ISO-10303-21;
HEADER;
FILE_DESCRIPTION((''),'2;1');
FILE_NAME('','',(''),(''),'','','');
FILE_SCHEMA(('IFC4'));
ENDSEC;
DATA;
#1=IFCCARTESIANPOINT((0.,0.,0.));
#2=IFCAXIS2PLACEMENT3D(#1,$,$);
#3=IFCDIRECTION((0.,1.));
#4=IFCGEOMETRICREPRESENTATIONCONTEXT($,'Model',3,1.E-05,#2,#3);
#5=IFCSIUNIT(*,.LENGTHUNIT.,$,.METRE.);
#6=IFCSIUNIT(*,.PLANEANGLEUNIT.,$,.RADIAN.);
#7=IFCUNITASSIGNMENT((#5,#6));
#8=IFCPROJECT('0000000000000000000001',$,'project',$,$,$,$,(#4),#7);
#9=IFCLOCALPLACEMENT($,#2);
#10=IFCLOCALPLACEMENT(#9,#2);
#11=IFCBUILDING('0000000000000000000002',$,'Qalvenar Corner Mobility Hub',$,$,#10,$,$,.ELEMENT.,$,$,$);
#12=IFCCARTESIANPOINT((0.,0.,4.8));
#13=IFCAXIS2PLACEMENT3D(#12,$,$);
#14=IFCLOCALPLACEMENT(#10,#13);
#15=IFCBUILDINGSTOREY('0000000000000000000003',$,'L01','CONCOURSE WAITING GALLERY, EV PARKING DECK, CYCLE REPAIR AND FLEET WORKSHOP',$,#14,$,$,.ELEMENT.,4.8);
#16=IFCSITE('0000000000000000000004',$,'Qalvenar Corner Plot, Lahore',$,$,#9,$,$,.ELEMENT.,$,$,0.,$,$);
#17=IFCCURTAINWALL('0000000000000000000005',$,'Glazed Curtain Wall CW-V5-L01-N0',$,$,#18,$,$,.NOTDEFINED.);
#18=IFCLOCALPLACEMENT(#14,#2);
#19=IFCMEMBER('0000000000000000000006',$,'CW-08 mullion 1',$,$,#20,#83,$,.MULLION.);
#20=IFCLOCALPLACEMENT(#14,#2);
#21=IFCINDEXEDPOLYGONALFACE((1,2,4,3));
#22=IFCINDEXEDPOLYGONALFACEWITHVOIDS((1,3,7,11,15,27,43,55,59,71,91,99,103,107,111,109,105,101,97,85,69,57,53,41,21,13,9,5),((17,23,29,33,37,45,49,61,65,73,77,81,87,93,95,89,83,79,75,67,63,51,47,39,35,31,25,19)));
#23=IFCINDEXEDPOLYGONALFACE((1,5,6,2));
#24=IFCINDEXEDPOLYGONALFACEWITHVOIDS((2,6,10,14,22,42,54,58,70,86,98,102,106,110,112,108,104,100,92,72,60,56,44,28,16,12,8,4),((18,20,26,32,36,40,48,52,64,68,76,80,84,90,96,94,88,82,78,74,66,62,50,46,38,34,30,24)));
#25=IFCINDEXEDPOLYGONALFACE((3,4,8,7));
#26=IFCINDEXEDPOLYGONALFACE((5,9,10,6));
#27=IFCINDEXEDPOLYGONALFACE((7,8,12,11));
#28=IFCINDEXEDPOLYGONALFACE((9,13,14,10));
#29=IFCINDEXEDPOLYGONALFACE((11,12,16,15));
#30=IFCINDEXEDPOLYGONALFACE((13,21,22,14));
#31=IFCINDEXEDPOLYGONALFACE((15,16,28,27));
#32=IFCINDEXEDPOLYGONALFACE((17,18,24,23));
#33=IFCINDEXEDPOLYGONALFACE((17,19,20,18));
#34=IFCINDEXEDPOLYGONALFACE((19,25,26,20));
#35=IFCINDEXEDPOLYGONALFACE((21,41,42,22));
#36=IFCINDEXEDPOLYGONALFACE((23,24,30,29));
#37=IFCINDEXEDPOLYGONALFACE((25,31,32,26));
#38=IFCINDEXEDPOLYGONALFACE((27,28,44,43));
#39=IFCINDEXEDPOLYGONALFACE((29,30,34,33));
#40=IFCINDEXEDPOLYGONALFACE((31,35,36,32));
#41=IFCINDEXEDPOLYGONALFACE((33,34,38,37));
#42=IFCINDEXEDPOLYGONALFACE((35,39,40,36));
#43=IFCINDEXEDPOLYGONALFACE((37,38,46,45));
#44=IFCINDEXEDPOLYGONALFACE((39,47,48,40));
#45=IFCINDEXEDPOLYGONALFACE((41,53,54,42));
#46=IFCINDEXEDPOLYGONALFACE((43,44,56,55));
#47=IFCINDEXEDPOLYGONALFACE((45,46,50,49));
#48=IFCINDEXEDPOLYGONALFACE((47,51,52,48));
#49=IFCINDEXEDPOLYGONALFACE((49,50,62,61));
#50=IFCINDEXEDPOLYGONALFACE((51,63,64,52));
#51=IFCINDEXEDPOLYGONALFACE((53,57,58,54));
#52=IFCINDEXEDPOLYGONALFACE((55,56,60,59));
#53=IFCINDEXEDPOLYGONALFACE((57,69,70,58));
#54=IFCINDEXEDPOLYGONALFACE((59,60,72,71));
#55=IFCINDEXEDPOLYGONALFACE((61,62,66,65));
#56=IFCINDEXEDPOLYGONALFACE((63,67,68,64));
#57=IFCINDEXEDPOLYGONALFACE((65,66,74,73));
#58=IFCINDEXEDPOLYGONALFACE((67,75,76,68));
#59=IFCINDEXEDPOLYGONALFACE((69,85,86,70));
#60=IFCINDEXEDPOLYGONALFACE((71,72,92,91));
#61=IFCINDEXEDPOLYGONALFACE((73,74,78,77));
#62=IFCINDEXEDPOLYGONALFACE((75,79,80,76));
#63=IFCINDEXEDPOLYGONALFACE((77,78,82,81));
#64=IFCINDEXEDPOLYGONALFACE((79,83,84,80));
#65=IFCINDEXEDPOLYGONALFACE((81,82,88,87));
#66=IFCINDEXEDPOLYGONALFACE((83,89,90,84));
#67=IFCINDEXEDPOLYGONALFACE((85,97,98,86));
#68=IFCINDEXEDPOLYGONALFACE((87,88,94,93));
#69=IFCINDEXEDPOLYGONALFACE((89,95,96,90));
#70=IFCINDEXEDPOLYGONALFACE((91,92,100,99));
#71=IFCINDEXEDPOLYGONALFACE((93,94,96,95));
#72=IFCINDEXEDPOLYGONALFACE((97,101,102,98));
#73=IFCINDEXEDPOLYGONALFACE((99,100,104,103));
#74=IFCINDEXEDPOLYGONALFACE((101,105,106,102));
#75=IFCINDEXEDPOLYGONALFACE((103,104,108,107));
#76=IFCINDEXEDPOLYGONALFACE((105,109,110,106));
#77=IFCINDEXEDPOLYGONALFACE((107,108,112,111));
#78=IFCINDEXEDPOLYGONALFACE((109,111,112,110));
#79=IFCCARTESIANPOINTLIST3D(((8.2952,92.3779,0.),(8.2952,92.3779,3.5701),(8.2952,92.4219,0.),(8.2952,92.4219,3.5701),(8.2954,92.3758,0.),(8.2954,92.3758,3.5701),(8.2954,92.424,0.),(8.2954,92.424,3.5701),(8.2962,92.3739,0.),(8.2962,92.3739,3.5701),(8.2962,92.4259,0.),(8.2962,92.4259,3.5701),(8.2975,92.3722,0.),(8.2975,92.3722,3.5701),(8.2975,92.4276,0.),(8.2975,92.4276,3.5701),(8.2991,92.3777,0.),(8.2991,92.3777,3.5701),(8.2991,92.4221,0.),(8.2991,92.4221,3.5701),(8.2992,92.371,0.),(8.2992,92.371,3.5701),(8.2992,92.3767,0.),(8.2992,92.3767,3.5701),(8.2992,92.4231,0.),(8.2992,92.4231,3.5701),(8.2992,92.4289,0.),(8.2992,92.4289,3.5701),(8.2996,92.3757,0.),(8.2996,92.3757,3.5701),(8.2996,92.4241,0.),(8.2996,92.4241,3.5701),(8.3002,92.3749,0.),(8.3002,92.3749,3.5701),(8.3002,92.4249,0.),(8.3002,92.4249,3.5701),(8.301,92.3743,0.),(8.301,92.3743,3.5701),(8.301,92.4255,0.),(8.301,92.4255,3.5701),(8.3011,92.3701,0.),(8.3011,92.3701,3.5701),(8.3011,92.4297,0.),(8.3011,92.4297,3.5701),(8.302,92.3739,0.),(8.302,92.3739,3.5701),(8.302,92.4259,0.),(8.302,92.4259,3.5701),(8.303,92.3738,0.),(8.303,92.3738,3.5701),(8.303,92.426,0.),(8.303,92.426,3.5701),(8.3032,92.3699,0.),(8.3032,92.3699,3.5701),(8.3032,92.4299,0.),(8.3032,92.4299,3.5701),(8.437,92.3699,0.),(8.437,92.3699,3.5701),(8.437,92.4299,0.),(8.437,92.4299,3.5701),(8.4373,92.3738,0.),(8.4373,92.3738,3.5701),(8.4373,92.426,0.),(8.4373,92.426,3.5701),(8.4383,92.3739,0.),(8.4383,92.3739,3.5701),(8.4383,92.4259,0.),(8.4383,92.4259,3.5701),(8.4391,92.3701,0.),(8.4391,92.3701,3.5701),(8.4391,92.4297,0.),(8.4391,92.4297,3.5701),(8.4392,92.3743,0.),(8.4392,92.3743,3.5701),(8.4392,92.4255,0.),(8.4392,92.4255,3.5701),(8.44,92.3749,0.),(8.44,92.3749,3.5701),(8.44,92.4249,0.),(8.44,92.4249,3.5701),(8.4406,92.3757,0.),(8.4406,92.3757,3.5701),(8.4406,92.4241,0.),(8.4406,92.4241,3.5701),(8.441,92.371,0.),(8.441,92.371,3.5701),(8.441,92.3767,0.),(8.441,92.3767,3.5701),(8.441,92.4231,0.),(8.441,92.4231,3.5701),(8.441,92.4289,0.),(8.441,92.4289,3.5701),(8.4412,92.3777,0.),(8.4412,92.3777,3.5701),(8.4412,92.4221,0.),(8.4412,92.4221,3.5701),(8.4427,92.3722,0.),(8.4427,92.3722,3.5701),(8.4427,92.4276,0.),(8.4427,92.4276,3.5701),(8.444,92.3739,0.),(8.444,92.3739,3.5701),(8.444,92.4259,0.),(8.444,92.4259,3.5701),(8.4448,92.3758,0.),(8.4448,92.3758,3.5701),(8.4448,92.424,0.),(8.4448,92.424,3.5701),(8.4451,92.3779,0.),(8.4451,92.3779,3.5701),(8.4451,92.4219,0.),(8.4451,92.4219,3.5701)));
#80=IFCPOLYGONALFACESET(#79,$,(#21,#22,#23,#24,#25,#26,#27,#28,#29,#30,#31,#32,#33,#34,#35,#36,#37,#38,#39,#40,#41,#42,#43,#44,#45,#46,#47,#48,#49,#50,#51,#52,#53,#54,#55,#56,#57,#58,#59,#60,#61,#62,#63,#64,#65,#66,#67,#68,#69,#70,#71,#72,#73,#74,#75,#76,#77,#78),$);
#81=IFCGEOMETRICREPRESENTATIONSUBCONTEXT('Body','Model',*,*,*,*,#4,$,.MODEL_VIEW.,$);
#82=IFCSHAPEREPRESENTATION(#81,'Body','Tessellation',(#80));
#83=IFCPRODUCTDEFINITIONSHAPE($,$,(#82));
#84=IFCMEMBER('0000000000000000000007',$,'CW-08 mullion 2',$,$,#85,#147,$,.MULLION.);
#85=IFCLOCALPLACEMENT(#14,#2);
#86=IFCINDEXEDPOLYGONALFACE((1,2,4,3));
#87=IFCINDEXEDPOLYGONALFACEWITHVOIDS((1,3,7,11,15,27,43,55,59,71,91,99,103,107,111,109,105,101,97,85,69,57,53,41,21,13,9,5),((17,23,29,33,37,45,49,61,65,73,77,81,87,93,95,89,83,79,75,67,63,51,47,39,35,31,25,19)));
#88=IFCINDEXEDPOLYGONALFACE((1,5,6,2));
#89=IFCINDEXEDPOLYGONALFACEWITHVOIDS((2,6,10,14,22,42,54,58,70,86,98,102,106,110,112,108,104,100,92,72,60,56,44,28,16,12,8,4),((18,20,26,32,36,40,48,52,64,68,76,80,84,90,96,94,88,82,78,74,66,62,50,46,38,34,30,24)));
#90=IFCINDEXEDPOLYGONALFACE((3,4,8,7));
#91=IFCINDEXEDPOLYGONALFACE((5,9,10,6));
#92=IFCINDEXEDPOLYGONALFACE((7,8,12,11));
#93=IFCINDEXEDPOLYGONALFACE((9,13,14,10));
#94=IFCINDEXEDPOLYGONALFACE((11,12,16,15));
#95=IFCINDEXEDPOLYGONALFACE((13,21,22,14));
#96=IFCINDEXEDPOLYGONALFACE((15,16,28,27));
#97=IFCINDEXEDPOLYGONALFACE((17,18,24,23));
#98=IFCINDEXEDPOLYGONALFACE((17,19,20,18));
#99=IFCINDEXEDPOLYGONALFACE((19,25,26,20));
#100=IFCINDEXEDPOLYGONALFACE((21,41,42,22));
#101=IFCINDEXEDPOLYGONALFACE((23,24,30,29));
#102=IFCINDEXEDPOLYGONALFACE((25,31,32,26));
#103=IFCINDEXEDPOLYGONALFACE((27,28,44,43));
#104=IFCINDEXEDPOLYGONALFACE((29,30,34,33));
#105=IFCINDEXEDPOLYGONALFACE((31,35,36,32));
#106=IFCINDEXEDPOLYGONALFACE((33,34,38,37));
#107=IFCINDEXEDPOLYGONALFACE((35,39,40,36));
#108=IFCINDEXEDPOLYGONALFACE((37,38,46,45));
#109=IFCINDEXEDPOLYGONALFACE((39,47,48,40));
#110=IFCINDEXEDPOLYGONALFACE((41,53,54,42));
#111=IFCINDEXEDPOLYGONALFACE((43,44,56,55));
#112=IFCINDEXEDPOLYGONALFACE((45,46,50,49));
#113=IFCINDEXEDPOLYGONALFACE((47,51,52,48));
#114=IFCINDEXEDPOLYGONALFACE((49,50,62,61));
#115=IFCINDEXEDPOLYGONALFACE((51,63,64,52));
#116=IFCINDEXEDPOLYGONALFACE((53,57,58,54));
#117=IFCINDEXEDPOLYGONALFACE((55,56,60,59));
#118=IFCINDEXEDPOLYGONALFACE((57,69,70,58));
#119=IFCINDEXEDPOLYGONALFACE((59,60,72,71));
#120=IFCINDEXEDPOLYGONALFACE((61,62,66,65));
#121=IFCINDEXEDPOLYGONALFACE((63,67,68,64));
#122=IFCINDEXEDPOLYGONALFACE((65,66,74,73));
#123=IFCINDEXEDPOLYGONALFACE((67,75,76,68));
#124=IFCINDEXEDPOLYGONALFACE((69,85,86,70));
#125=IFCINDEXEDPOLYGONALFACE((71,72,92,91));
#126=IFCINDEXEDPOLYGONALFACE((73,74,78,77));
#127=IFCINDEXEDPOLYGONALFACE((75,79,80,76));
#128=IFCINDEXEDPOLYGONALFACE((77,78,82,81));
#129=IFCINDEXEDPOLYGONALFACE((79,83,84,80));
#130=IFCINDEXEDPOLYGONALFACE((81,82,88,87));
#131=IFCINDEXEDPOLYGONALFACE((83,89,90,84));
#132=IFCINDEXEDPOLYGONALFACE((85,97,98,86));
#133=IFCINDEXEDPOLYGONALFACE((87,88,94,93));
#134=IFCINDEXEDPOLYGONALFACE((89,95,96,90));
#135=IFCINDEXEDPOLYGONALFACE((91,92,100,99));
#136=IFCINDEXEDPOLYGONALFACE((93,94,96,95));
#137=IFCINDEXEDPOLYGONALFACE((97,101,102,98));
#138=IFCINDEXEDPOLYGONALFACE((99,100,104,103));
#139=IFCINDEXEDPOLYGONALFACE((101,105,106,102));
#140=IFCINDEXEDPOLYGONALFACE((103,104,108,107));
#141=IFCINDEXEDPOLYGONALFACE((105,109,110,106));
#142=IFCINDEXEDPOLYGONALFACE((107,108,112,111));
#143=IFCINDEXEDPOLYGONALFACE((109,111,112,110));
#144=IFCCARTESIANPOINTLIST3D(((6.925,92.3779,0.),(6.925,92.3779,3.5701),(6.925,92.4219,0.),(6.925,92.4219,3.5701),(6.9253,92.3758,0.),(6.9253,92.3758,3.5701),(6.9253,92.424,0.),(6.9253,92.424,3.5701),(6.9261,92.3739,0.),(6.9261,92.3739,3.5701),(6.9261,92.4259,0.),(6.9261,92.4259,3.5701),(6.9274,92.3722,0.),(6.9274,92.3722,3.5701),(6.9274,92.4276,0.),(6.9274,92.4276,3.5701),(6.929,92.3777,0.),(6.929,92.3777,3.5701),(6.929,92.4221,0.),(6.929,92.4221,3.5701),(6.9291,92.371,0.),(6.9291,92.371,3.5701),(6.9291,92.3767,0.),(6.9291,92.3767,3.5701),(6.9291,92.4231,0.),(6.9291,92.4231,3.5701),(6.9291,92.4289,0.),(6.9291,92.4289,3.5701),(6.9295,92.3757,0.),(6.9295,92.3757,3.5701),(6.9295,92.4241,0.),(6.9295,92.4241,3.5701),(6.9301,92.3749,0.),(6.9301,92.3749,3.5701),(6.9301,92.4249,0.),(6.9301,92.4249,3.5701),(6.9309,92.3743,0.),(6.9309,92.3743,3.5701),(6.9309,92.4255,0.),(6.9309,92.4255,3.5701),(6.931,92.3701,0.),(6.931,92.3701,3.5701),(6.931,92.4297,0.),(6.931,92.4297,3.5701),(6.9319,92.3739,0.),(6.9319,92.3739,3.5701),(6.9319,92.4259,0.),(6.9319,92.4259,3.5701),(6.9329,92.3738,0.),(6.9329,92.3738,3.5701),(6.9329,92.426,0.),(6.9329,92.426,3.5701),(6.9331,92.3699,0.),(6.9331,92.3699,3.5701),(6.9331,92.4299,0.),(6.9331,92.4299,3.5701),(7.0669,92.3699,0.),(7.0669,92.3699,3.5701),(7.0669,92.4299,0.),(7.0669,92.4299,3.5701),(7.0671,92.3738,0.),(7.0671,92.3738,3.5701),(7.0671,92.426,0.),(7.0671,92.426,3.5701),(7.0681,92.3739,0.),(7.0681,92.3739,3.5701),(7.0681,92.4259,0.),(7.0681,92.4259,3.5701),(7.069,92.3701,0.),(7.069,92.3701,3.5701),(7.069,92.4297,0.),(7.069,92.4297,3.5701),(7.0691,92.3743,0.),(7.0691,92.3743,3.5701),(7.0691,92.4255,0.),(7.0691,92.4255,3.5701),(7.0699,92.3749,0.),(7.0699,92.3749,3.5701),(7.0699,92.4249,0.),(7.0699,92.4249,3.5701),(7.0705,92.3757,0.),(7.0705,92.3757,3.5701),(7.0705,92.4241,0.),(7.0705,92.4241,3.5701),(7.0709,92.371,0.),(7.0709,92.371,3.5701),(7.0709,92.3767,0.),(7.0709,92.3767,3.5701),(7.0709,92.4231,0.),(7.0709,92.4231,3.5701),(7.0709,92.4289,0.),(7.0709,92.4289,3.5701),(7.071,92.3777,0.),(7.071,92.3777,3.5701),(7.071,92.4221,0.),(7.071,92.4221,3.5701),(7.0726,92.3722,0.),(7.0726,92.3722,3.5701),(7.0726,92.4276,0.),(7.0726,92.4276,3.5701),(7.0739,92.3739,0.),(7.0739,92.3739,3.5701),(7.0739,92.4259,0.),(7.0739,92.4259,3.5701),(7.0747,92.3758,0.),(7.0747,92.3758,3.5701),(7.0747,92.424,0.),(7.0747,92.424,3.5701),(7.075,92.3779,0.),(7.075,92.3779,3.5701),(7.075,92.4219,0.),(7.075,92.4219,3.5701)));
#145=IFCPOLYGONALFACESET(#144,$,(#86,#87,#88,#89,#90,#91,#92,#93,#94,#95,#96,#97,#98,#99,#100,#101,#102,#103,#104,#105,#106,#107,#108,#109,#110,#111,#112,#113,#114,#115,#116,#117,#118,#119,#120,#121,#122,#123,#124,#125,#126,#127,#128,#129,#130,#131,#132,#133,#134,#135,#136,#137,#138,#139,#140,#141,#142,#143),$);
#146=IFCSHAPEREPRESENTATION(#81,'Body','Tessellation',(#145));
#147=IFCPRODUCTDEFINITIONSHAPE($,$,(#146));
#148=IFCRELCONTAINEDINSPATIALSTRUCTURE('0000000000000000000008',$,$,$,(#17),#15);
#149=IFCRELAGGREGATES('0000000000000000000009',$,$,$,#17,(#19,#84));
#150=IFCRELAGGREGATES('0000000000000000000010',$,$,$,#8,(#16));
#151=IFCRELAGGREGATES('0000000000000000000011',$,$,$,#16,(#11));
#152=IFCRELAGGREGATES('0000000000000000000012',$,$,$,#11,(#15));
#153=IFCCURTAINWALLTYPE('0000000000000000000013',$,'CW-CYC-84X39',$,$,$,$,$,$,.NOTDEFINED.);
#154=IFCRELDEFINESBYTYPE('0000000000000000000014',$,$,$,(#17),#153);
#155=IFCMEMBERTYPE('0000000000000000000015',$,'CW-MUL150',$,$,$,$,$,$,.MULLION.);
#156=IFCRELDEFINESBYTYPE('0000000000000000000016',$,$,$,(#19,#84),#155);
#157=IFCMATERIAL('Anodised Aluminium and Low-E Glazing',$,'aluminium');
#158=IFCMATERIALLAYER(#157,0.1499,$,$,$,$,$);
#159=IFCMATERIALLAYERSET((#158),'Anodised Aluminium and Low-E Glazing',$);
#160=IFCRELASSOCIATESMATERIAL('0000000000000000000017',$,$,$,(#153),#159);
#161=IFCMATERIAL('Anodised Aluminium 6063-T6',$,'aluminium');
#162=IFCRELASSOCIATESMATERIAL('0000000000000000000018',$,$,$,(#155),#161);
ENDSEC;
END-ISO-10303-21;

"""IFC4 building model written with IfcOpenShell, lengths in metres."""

from ifc_helpers import new_model, si_unit, direction, frame, origin, origin_2d, place, context, subcontext, project, spatial, hollow_rectangle, extrude, material, layer, layer_set, material_profile, profile_set, type_object, element, aggregate, save


model = new_model("IFC4")

# Units and contexts
model_context = context("Model", 3, precision=1e-05, world=origin(), true_north=direction((0.0, 1.0)))
body_context = subcontext(model_context, "Body", "Model", "MODEL_VIEW")
ifc_project = project(units=[si_unit("LENGTHUNIT", "METRE"), si_unit("PLANEANGLEUNIT", "RADIAN")], contexts=[model_context])

# Site, building, storey
site_placement = place(None, origin())
site = spatial("IfcSite", under=ifc_project, at=site_placement, Name="Qalvenar Corner Plot, Lahore", CompositionType="ELEMENT", RefElevation=0.0)
building_placement = place(site_placement, origin())
building = spatial("IfcBuilding", under=site, at=building_placement, Name="Qalvenar Corner Mobility Hub", CompositionType="ELEMENT")
storey_placement = place(building_placement, frame((0.0, 0.0, 4.8)))
storey = spatial("IfcBuildingStorey", under=building, at=storey_placement, Name="L01", Description="CONCOURSE WAITING GALLERY, EV PARKING DECK, CYCLE REPAIR AND FLEET WORKSHOP", CompositionType="ELEMENT", Elevation=4.8)

# Curtain wall, members
ifc_material_1 = material(Name="Anodised Aluminium and Low-E Glazing", Category="aluminium")
ifc_layer_1 = layer(ifc_material_1, 0.1499)
ifc_layer_set_1 = layer_set([ifc_layer_1], Name="Anodised Aluminium and Low-E Glazing")
curtain_wall_type = type_object("IfcCurtainWallType", Name="CW-CYC-84X39", PredefinedType="NOTDEFINED", material=ifc_layer_set_1)
curtain_wall_placement = place(storey_placement, origin())
curtain_wall = element("IfcCurtainWall", 1, at=curtain_wall_placement, inside=storey, type_object=curtain_wall_type, Name="Glazed Curtain Wall CW-V5-L01-N0", PredefinedType="NOTDEFINED")
ifc_material_2 = material(Name="Anodised Aluminium 6063-T6", Category="aluminium")
ifc_material_profile_1 = material_profile(ifc_material_2, hollow_rectangle(XDim=0.0601, YDim=0.1499, WallThickness=0.0039, InnerFilletRadius=0.0039, OuterFilletRadius=0.0081, at=origin_2d()), Name="RHS150x60x4")
ifc_profile_set_1 = profile_set([ifc_material_profile_1], Name="Anodised Aluminium 6063-T6")
member_type_1 = type_object("IfcMemberType", Name="CW-MUL150", PredefinedType="MULLION", material=ifc_profile_set_1)
member_1_placement = place(storey_placement, frame((8.3701, 92.3999, 0.0), z_axis=(0.0, 0.0, 1.0), x_axis=(0.0, -1.0, 0.0)))
member_1 = element("IfcMember", 2, at=member_1_placement, type_object=member_type_1, Name="CW-08 mullion 1", PredefinedType="MULLION", context=body_context, shape_type="SweptSolid", body=[
    extrude(hollow_rectangle(XDim=0.0601, YDim=0.1499, WallThickness=0.0039, InnerFilletRadius=0.0039, OuterFilletRadius=0.0081, at=origin_2d()), origin(), (0.0, 0.0, 1.0), 3.5701),
])
member_2_placement = place(storey_placement, frame((7.0, 92.3999, 0.0), z_axis=(0.0, 0.0, 1.0), x_axis=(0.0, -1.0, 0.0)))
member_2 = element("IfcMember", 3, at=member_2_placement, type_object=member_type_1, Name="CW-08 mullion 2", PredefinedType="MULLION", context=body_context, shape_type="SweptSolid", body=[
    extrude(hollow_rectangle(XDim=0.0601, YDim=0.1499, WallThickness=0.0039, InnerFilletRadius=0.0039, OuterFilletRadius=0.0081, at=origin_2d()), origin(), (0.0, 0.0, 1.0), 3.5701),
])
aggregate(curtain_wall, [member_1, member_2])

save(model, "model.ifc")
